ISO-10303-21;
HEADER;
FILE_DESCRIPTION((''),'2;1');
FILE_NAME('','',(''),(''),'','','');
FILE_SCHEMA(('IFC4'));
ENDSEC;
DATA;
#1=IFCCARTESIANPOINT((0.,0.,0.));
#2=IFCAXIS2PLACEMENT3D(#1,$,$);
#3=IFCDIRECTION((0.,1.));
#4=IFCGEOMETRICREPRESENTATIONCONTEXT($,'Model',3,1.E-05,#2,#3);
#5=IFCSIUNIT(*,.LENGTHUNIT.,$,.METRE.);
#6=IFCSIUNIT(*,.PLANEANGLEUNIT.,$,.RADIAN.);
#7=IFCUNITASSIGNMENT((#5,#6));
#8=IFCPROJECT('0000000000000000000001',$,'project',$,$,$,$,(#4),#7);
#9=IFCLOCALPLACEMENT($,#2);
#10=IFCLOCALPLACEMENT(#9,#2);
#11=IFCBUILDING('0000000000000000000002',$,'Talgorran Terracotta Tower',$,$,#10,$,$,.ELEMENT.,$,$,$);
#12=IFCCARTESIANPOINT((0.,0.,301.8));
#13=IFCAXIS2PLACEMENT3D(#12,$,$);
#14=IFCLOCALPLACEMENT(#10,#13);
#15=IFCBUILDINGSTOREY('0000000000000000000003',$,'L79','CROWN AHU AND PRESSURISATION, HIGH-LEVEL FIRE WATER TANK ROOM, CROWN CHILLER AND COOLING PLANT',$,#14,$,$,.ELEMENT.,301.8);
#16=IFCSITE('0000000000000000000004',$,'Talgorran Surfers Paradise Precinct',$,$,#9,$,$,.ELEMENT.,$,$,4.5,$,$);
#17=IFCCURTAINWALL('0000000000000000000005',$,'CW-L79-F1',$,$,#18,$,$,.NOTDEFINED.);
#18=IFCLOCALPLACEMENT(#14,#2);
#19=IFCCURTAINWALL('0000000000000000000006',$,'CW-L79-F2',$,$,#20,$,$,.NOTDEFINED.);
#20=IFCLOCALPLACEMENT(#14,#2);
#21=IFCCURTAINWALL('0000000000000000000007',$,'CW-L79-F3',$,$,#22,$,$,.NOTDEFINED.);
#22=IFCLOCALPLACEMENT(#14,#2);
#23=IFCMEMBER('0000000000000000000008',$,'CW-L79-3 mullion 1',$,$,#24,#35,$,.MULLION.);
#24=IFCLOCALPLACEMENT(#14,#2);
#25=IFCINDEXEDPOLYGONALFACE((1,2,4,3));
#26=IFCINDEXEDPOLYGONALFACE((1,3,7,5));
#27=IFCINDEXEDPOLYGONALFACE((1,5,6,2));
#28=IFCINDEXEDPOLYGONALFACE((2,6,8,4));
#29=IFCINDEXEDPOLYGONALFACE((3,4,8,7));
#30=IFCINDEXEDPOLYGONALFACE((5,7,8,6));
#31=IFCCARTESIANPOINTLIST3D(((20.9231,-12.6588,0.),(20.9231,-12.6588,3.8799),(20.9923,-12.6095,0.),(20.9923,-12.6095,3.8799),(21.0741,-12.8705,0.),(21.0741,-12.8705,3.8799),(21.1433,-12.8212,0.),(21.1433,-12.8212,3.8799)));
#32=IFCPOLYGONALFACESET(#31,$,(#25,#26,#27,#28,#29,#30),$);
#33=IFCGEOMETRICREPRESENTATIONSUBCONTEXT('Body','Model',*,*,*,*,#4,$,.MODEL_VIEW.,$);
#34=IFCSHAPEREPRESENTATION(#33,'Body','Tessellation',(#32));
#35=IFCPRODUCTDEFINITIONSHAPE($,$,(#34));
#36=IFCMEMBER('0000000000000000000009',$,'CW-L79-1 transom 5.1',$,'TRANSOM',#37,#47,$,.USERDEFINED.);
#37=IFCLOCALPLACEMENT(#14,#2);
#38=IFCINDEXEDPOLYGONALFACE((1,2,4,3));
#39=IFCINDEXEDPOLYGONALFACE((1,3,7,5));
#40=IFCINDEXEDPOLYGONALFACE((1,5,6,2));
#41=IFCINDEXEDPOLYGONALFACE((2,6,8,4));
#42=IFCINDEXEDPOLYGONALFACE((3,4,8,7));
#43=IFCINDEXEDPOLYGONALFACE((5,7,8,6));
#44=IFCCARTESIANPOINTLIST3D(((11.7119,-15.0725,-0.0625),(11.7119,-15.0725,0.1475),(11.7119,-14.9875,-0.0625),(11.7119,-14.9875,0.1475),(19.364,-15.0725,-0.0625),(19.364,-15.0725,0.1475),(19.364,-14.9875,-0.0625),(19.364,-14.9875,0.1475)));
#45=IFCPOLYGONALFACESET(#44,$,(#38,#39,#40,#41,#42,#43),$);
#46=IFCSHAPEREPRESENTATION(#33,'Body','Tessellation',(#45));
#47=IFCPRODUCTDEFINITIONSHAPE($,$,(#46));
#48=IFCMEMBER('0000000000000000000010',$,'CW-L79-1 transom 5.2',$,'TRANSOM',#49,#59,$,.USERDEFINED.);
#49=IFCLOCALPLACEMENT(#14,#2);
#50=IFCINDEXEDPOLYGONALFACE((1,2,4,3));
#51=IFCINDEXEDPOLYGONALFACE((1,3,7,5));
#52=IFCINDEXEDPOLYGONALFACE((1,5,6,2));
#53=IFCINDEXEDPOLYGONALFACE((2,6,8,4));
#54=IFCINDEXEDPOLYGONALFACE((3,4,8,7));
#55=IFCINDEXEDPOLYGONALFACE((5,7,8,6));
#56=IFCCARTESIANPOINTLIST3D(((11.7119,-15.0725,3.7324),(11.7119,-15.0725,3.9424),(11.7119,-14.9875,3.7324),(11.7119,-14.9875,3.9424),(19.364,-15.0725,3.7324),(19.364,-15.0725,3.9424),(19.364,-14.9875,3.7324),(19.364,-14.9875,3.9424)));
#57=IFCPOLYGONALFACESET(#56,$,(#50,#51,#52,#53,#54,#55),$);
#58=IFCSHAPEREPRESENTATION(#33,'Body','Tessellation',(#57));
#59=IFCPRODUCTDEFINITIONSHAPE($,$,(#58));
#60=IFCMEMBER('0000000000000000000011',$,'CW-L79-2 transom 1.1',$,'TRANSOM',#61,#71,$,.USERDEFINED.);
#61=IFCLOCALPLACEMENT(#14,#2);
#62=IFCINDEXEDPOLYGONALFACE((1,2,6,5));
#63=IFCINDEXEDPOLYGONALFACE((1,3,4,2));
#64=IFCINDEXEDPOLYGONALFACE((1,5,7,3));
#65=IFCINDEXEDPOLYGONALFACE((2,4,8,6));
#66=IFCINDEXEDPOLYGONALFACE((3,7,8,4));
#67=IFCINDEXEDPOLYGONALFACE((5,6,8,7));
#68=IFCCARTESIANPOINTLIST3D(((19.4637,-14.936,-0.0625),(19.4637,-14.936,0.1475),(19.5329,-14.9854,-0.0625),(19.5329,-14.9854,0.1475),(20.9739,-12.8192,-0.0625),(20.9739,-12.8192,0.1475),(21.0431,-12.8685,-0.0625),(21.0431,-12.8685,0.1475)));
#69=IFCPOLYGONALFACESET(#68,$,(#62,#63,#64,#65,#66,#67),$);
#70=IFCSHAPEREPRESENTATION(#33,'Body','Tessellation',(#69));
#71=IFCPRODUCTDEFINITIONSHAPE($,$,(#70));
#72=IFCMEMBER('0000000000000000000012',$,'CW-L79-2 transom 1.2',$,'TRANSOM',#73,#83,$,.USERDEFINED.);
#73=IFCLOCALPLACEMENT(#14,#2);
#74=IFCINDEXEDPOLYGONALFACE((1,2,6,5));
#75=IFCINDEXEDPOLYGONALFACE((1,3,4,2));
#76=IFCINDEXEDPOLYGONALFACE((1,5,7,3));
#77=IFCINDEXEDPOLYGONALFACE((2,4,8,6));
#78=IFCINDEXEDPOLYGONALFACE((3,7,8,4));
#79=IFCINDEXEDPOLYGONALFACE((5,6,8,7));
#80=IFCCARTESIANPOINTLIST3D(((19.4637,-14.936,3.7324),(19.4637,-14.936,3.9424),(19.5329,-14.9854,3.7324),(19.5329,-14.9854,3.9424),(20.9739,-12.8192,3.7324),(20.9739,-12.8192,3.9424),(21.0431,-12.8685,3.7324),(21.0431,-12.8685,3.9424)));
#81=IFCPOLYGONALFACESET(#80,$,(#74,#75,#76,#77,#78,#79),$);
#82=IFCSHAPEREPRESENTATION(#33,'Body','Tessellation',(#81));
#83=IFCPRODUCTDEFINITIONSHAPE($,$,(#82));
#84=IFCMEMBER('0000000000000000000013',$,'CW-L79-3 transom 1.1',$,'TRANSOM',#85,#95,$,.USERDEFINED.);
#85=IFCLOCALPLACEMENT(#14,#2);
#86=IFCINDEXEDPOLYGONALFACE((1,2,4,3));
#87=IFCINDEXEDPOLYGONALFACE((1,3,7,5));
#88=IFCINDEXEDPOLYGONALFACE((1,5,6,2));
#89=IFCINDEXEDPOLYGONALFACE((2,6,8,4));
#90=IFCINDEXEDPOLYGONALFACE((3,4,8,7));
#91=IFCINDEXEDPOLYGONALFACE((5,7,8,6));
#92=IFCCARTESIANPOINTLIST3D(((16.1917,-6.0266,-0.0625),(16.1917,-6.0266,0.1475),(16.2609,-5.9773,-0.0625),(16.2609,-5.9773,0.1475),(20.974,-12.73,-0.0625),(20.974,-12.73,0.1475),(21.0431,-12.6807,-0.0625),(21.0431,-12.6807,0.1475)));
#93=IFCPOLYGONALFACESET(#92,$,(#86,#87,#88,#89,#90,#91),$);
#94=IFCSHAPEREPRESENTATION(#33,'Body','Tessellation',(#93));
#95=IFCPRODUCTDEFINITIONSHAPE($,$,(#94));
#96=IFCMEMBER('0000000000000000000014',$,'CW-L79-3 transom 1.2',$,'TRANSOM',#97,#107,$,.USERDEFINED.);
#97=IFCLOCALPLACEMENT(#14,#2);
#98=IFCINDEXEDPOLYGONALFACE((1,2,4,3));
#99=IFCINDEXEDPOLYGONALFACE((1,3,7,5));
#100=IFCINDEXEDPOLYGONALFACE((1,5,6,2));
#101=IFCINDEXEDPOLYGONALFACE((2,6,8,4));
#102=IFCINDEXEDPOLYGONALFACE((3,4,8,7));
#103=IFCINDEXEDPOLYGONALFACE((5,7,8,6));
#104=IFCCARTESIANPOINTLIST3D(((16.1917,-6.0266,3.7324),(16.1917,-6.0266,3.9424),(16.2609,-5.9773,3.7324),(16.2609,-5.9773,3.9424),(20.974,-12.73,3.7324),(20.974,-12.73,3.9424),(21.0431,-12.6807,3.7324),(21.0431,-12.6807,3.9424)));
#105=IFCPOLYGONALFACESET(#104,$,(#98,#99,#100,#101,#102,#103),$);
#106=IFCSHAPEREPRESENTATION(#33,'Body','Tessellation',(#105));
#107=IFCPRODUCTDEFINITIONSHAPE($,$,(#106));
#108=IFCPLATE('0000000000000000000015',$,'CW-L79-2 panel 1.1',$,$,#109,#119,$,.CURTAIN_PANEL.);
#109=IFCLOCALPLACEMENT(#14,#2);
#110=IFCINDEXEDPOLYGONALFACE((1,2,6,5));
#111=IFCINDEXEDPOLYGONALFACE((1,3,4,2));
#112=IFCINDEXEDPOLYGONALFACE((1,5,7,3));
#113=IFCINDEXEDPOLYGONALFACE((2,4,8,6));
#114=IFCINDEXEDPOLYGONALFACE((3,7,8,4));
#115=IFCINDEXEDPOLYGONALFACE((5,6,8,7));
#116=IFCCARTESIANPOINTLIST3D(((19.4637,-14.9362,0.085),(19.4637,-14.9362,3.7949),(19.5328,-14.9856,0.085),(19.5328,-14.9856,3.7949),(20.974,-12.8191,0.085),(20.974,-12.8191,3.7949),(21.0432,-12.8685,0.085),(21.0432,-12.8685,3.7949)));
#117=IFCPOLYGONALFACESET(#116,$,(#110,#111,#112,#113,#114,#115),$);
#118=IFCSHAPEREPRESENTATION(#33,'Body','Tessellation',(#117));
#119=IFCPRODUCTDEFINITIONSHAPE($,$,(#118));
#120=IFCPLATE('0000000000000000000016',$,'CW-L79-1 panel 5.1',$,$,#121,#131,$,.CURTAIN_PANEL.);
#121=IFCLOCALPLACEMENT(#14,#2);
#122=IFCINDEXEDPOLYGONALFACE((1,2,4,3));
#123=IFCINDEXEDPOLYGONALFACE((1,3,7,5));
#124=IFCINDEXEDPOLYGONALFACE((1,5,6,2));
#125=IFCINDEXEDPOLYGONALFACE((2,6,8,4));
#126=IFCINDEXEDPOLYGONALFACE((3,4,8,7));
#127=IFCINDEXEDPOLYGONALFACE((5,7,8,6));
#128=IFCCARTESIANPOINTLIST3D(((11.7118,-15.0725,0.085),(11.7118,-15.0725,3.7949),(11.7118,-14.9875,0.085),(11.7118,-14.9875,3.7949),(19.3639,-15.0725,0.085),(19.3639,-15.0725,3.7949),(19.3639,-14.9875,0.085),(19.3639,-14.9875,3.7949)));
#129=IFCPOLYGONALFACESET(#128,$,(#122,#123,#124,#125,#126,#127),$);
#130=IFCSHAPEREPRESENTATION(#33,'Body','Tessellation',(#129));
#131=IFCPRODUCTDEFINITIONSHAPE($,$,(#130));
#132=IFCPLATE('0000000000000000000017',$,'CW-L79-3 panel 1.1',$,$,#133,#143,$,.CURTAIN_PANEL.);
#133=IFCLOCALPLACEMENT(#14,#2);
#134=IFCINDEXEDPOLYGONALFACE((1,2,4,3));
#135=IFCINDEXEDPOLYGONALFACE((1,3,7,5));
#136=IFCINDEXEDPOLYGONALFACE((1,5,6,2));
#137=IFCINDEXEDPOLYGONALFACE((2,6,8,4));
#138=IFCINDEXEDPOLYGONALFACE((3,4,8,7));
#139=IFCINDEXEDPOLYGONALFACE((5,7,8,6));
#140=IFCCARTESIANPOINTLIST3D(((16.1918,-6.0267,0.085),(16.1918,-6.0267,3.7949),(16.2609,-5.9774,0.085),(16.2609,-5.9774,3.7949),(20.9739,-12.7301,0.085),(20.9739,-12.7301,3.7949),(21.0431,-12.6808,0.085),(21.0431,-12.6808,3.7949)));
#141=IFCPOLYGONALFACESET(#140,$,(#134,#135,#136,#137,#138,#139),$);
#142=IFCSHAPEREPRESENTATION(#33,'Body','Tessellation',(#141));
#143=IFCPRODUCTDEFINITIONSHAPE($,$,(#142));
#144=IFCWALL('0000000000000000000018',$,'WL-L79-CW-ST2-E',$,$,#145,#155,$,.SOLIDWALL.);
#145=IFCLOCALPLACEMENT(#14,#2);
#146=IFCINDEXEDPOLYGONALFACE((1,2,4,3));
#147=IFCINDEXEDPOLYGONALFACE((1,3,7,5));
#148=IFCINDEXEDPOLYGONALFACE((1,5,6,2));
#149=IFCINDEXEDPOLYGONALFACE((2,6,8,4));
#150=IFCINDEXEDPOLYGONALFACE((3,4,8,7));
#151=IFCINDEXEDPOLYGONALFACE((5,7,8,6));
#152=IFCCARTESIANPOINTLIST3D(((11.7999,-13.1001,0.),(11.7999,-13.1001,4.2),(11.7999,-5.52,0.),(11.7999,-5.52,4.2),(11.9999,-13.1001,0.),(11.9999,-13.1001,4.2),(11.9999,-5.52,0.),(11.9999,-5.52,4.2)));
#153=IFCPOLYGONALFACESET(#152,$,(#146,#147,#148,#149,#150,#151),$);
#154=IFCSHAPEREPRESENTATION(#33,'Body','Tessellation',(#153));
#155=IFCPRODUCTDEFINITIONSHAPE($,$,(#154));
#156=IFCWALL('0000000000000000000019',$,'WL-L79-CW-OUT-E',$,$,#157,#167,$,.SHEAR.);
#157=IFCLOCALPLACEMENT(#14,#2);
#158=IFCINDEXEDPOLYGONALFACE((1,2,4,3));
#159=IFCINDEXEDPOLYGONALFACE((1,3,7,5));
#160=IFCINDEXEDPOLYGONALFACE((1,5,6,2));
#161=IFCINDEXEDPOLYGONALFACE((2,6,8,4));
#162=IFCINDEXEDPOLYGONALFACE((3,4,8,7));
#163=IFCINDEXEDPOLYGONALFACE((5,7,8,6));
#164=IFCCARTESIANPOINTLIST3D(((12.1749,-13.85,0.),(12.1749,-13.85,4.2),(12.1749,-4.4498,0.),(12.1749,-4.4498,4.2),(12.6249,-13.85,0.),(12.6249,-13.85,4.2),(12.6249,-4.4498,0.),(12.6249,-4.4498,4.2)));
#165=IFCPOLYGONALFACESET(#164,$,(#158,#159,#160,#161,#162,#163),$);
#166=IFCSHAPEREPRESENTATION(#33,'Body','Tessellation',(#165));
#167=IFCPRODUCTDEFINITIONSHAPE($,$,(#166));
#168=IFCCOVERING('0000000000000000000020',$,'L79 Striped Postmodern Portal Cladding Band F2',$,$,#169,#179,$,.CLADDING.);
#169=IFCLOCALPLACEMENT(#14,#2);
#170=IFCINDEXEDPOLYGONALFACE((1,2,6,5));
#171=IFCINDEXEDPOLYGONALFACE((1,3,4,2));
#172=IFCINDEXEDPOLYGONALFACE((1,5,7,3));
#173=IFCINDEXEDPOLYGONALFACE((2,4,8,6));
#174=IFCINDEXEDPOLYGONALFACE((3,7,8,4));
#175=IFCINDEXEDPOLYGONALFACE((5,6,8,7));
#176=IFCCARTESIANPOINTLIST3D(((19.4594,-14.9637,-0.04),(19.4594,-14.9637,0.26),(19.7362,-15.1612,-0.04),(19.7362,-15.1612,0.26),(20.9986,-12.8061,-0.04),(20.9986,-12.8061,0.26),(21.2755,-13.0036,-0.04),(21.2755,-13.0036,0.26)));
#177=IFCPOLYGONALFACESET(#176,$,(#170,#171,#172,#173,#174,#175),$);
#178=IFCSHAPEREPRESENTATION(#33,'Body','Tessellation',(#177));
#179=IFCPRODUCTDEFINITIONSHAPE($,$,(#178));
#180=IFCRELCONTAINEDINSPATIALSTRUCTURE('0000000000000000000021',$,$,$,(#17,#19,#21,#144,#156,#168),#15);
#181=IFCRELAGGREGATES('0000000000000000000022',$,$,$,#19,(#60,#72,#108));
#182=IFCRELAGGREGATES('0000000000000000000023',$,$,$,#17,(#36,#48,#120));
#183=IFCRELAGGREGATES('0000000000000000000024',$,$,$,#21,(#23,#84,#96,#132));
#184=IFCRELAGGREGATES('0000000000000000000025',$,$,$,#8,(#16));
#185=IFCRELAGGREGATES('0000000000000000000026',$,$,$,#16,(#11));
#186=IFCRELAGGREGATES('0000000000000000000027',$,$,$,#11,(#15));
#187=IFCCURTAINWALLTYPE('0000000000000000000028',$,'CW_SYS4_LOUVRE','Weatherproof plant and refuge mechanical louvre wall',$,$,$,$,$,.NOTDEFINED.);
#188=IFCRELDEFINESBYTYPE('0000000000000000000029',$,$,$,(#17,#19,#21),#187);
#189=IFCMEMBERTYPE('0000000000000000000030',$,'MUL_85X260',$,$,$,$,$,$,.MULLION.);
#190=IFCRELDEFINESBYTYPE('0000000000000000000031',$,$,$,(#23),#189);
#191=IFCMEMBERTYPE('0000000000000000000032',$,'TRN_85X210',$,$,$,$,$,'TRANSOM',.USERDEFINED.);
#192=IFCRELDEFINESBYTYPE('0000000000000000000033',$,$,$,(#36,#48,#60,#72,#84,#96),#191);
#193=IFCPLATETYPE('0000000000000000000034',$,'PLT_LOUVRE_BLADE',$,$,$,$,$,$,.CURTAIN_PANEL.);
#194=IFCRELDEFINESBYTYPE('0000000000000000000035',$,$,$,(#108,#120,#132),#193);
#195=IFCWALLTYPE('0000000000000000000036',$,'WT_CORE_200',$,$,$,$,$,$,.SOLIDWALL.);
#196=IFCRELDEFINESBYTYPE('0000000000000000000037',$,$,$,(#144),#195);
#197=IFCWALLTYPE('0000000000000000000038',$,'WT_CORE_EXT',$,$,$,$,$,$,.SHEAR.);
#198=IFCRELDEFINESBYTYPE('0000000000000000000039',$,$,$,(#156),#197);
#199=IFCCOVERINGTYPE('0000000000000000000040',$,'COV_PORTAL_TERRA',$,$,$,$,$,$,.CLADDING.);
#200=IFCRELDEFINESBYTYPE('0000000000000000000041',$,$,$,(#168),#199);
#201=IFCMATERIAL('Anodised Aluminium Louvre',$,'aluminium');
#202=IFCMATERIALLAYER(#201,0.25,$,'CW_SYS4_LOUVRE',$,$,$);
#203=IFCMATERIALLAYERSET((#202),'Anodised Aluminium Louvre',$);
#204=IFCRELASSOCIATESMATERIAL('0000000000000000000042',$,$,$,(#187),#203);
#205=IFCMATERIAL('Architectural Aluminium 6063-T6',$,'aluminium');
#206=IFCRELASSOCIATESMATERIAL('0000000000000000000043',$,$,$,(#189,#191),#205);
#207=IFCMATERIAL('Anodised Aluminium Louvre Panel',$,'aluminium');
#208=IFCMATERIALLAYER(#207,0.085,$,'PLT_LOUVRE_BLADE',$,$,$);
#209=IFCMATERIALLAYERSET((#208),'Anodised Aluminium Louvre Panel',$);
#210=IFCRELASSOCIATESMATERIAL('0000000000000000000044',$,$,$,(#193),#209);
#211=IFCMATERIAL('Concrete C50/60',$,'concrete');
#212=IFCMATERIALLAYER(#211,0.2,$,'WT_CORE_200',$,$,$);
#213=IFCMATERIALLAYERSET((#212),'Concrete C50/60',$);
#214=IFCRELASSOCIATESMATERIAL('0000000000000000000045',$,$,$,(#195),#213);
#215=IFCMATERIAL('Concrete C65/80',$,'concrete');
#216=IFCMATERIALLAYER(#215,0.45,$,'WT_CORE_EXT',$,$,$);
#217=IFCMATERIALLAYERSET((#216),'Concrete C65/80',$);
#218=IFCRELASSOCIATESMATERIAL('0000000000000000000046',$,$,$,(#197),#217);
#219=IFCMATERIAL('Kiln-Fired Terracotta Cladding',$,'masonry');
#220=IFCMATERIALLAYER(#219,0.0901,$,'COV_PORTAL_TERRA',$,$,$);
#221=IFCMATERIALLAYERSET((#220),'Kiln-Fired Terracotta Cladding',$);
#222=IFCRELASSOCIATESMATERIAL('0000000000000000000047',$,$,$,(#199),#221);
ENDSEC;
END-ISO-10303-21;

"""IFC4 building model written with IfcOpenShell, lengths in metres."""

from ifc_helpers import new_model, si_unit, direction, frame, frame_2d, origin, origin_2d, place, context, subcontext, project, spatial, rectangle, extrude, source, transform, mapped, material, layer, layer_set, material_profile, profile_set, type_object, type_shapes, element, aggregate, save


model = new_model("IFC4")

# Units and contexts
model_context = context("Model", 3, precision=1e-05, world=origin(), true_north=direction((0.0, 1.0)))
body_context = subcontext(model_context, "Body", "Model", "MODEL_VIEW")
ifc_project = project(units=[si_unit("LENGTHUNIT", "METRE"), si_unit("PLANEANGLEUNIT", "RADIAN")], contexts=[model_context])

# Site, building, storey
site_placement = place(None, origin())
site = spatial("IfcSite", under=ifc_project, at=site_placement, Name="Talgorran Surfers Paradise Precinct", CompositionType="ELEMENT", RefElevation=4.5)
building_placement = place(site_placement, origin())
building = spatial("IfcBuilding", under=site, at=building_placement, Name="Talgorran Terracotta Tower", CompositionType="ELEMENT")
storey_placement = place(building_placement, frame((0.0, 0.0, 301.8)))
storey = spatial("IfcBuildingStorey", under=building, at=storey_placement, Name="L79", Description="CROWN AHU AND PRESSURISATION, HIGH-LEVEL FIRE WATER TANK ROOM, CROWN CHILLER AND COOLING PLANT", CompositionType="ELEMENT", Elevation=301.8)

# Curtain wall
ifc_material_1 = material(Name="Anodised Aluminium Louvre", Category="aluminium")
ifc_layer_1 = layer(ifc_material_1, 0.25, Name="CW_SYS4_LOUVRE")
ifc_layer_set_1 = layer_set([ifc_layer_1], Name="Anodised Aluminium Louvre")
curtain_wall_type = type_object("IfcCurtainWallType", Name="CW_SYS4_LOUVRE", Description="Weatherproof plant and refuge mechanical louvre wall", PredefinedType="NOTDEFINED", material=ifc_layer_set_1)
curtain_wall_1_placement = place(storey_placement, origin())
curtain_wall_1 = element("IfcCurtainWall", 1, at=curtain_wall_1_placement, inside=storey, type_object=curtain_wall_type, Name="CW-L79-F1", PredefinedType="NOTDEFINED")
ifc_material_2 = material(Name="Architectural Aluminium 6063-T6", Category="aluminium")
ifc_material_profile_1 = material_profile(ifc_material_2, rectangle(XDim=0.085, YDim=0.26, at=origin_2d()), Name="CWM85X260")
ifc_profile_set_1 = profile_set([ifc_material_profile_1], Name="Architectural Aluminium 6063-T6")
member_type_1 = type_object("IfcMemberType", Name="MUL_85X260", PredefinedType="MULLION", material=ifc_profile_set_1)

# Curtain wall
curtain_wall_2_placement = place(storey_placement, origin())
curtain_wall_2 = element("IfcCurtainWall", 2, at=curtain_wall_2_placement, inside=storey, type_object=curtain_wall_type, Name="CW-L79-F2", PredefinedType="NOTDEFINED")

# Curtain wall, member
curtain_wall_3_placement = place(storey_placement, origin())
curtain_wall_3 = element("IfcCurtainWall", 3, at=curtain_wall_3_placement, inside=storey, type_object=curtain_wall_type, Name="CW-L79-F3", PredefinedType="NOTDEFINED")
member_1_placement = place(storey_placement, frame((21.0332, -12.74, 0.0), z_axis=(0.0, 0.0, 1.0), x_axis=(-0.814076, -0.580758, 0.0)))
member_1 = element("IfcMember", 4, at=member_1_placement, type_object=member_type_1, Name="CW-L79-3 mullion 1", PredefinedType="MULLION", context=body_context, shape_type="SweptSolid", body=[
    extrude(rectangle(XDim=0.085, YDim=0.26, at=origin_2d()), origin(), (0.0, 0.0, 1.0), 3.8799),
])

# Members
ifc_material_profile_2 = material_profile(ifc_material_2, rectangle(XDim=0.085, YDim=0.21, at=origin_2d()), Name="CWT85X210")
ifc_profile_set_2 = profile_set([ifc_material_profile_2], Name="Architectural Aluminium 6063-T6")
member_type_2 = type_object("IfcMemberType", Name="TRN_85X210", ElementType="TRANSOM", PredefinedType="USERDEFINED", material=ifc_profile_set_2)
member_2_placement = place(storey_placement, frame((11.7119, -15.03, 0.0425), z_axis=(1.0, 0.0, 0.0), x_axis=(0.0, 1.0, 0.0)))
member_2 = element("IfcMember", 5, at=member_2_placement, type_object=member_type_2, Name="CW-L79-1 transom 5.1", ObjectType="TRANSOM", PredefinedType="USERDEFINED", context=body_context, shape_type="SweptSolid", body=[
    extrude(rectangle(XDim=0.085, YDim=0.21, at=origin_2d()), origin(), (0.0, 0.0, 1.0), 7.6521),
])
member_3_placement = place(storey_placement, frame((11.7119, -15.03, 3.8374), z_axis=(1.0, 0.0, 0.0), x_axis=(0.0, 1.0, 0.0)))
member_3 = element("IfcMember", 6, at=member_3_placement, type_object=member_type_2, Name="CW-L79-1 transom 5.2", ObjectType="TRANSOM", PredefinedType="USERDEFINED", context=body_context, shape_type="SweptSolid", body=[
    extrude(rectangle(XDim=0.085, YDim=0.21, at=origin_2d()), origin(), (0.0, 0.0, 1.0), 7.6521),
])
member_4_placement = place(storey_placement, frame((19.4983, -14.9607, 0.0425), z_axis=(0.580767, 0.81407, 0.0), x_axis=(-0.81407, 0.580767, 0.0)))
member_4 = element("IfcMember", 7, at=member_4_placement, type_object=member_type_2, Name="CW-L79-2 transom 1.1", ObjectType="TRANSOM", PredefinedType="USERDEFINED", context=body_context, shape_type="SweptSolid", body=[
    extrude(rectangle(XDim=0.085, YDim=0.21, at=origin_2d()), origin(), (0.0, 0.0, 1.0), 2.6003),
])
member_5_placement = place(storey_placement, frame((19.4983, -14.9607, 3.8374), z_axis=(0.580767, 0.81407, 0.0), x_axis=(-0.81407, 0.580767, 0.0)))
member_5 = element("IfcMember", 8, at=member_5_placement, type_object=member_type_2, Name="CW-L79-2 transom 1.2", ObjectType="TRANSOM", PredefinedType="USERDEFINED", context=body_context, shape_type="SweptSolid", body=[
    extrude(rectangle(XDim=0.085, YDim=0.21, at=origin_2d()), origin(), (0.0, 0.0, 1.0), 2.6003),
])
member_6_placement = place(storey_placement, frame((21.0085, -12.7053, 0.0425), z_axis=(-0.580764, 0.814072, 0.0), x_axis=(-0.814072, -0.580764, 0.0)))
member_6 = element("IfcMember", 9, at=member_6_placement, type_object=member_type_2, Name="CW-L79-3 transom 1.1", ObjectType="TRANSOM", PredefinedType="USERDEFINED", context=body_context, shape_type="SweptSolid", body=[
    extrude(rectangle(XDim=0.085, YDim=0.21, at=origin_2d()), origin(), (0.0, 0.0, 1.0), 8.2344),
])
member_7_placement = place(storey_placement, frame((21.0085, -12.7053, 3.8374), z_axis=(-0.580764, 0.814072, 0.0), x_axis=(-0.814072, -0.580764, 0.0)))
member_7 = element("IfcMember", 10, at=member_7_placement, type_object=member_type_2, Name="CW-L79-3 transom 1.2", ObjectType="TRANSOM", PredefinedType="USERDEFINED", context=body_context, shape_type="SweptSolid", body=[
    extrude(rectangle(XDim=0.085, YDim=0.21, at=origin_2d()), origin(), (0.0, 0.0, 1.0), 8.2344),
])

# Plates
ifc_material_3 = material(Name="Anodised Aluminium Louvre Panel", Category="aluminium")
ifc_layer_2 = layer(ifc_material_3, 0.085, Name="PLT_LOUVRE_BLADE")
ifc_layer_set_2 = layer_set([ifc_layer_2], Name="Anodised Aluminium Louvre Panel")
plate_type = type_object("IfcPlateType", Name="PLT_LOUVRE_BLADE", PredefinedType="CURTAIN_PANEL", material=ifc_layer_set_2)
shared_shape_1 = source(origin(), body_context, "Body", "SweptSolid", [
    extrude(rectangle(XDim=2.6006, YDim=0.085, at=origin_2d()), origin(), (0.0, 0.0, 1.0), 3.71),
])
plate_1_placement = place(storey_placement, frame((20.2534, -13.9023, 0.085), z_axis=(0.0, 0.0, 1.0), x_axis=(0.58076, 0.814075, 0.0)))
plate_1 = element("IfcPlate", 11, at=plate_1_placement, type_object=plate_type, Name="CW-L79-2 panel 1.1", PredefinedType="CURTAIN_PANEL", context=body_context, shape_type="MappedRepresentation", body=[
    mapped(shared_shape_1, transform((0.0, 0.0, 0.0), scale=1.0)),
])
aggregate(curtain_wall_2, [member_4, member_5, plate_1])
shared_shape_2 = source(origin(), body_context, "Body", "SweptSolid", [
    extrude(rectangle(XDim=7.6521, YDim=0.085, at=origin_2d()), origin(), (0.0, 0.0, 1.0), 3.71),
])
plate_2_placement = place(storey_placement, frame((15.5378, -15.03, 0.085), z_axis=(0.0, 0.0, 1.0), x_axis=(1.0, 0.0, 0.0)))
plate_2 = element("IfcPlate", 12, at=plate_2_placement, type_object=plate_type, Name="CW-L79-1 panel 5.1", PredefinedType="CURTAIN_PANEL", context=body_context, shape_type="MappedRepresentation", body=[
    mapped(shared_shape_2, transform((0.0, 0.0, 0.0), scale=1.0)),
])
aggregate(curtain_wall_1, [member_2, member_3, plate_2])
shared_shape_3 = source(origin(), body_context, "Body", "SweptSolid", [
    extrude(rectangle(XDim=8.2344, YDim=0.085, at=origin_2d()), origin(), (0.0, 0.0, 1.0), 3.71),
])
type_shapes(plate_type, [shared_shape_1, shared_shape_2, shared_shape_3])
plate_3_placement = place(storey_placement, frame((18.6174, -9.3538, 0.085), z_axis=(0.0, 0.0, 1.0), x_axis=(-0.580758, 0.814076, 0.0)))
plate_3 = element("IfcPlate", 13, at=plate_3_placement, type_object=plate_type, Name="CW-L79-3 panel 1.1", PredefinedType="CURTAIN_PANEL", context=body_context, shape_type="MappedRepresentation", body=[
    mapped(shared_shape_3, transform((0.0, 0.0, 0.0), scale=1.0)),
])
aggregate(curtain_wall_3, [member_1, member_6, member_7, plate_3])

# Walls
ifc_material_4 = material(Name="Concrete C50/60", Category="concrete")
ifc_layer_3 = layer(ifc_material_4, 0.2, Name="WT_CORE_200")
ifc_layer_set_3 = layer_set([ifc_layer_3], Name="Concrete C50/60")
wall_type_1 = type_object("IfcWallType", Name="WT_CORE_200", PredefinedType="SOLIDWALL", material=ifc_layer_set_3)
wall_1_placement = place(storey_placement, frame((11.8999, -13.1001, 0.0), z_axis=(0.0, 0.0, 1.0), x_axis=(0.0, 1.0, 0.0)))
element("IfcWall", 14, at=wall_1_placement, inside=storey, type_object=wall_type_1, Name="WL-L79-CW-ST2-E", PredefinedType="SOLIDWALL", context=body_context, shape_type="SweptSolid", body=[
    extrude(rectangle(XDim=7.5801, YDim=0.2, at=frame_2d((3.79, 0.0))), origin(), (0.0, 0.0, 1.0), 4.2),
])
ifc_material_5 = material(Name="Concrete C65/80", Category="concrete")
ifc_layer_4 = layer(ifc_material_5, 0.45, Name="WT_CORE_EXT")
ifc_layer_set_4 = layer_set([ifc_layer_4], Name="Concrete C65/80")
wall_type_2 = type_object("IfcWallType", Name="WT_CORE_EXT", PredefinedType="SHEAR", material=ifc_layer_set_4)
wall_2_placement = place(storey_placement, frame((12.3999, -13.8501, 0.0), z_axis=(0.0, 0.0, 1.0), x_axis=(0.0, 1.0, 0.0)))
element("IfcWall", 15, at=wall_2_placement, inside=storey, type_object=wall_type_2, Name="WL-L79-CW-OUT-E", PredefinedType="SHEAR", context=body_context, shape_type="SweptSolid", body=[
    extrude(rectangle(XDim=9.4001, YDim=0.45, at=frame_2d((4.7002, 0.0))), origin(), (0.0, 0.0, 1.0), 4.2),
])

# Covering
ifc_material_6 = material(Name="Kiln-Fired Terracotta Cladding", Category="masonry")
ifc_layer_5 = layer(ifc_material_6, 0.0901, Name="COV_PORTAL_TERRA")
ifc_layer_set_5 = layer_set([ifc_layer_5], Name="Kiln-Fired Terracotta Cladding")
covering_type = type_object("IfcCoveringType", Name="COV_PORTAL_TERRA", PredefinedType="CLADDING", material=ifc_layer_set_5)
covering_placement = place(storey_placement, frame((20.3674, -13.9836, -0.04), z_axis=(0.0, 0.0, 1.0), x_axis=(0.58076, 0.814075, 0.0)))
element("IfcCovering", 16, at=covering_placement, inside=storey, type_object=covering_type, Name="L79 Striped Postmodern Portal Cladding Band F2", PredefinedType="CLADDING", context=body_context, shape_type="SweptSolid", body=[
    extrude(rectangle(XDim=2.6504, YDim=0.3401, at=origin_2d()), origin(), (0.0, 0.0, 1.0), 0.3),
])

save(model, "model.ifc")
